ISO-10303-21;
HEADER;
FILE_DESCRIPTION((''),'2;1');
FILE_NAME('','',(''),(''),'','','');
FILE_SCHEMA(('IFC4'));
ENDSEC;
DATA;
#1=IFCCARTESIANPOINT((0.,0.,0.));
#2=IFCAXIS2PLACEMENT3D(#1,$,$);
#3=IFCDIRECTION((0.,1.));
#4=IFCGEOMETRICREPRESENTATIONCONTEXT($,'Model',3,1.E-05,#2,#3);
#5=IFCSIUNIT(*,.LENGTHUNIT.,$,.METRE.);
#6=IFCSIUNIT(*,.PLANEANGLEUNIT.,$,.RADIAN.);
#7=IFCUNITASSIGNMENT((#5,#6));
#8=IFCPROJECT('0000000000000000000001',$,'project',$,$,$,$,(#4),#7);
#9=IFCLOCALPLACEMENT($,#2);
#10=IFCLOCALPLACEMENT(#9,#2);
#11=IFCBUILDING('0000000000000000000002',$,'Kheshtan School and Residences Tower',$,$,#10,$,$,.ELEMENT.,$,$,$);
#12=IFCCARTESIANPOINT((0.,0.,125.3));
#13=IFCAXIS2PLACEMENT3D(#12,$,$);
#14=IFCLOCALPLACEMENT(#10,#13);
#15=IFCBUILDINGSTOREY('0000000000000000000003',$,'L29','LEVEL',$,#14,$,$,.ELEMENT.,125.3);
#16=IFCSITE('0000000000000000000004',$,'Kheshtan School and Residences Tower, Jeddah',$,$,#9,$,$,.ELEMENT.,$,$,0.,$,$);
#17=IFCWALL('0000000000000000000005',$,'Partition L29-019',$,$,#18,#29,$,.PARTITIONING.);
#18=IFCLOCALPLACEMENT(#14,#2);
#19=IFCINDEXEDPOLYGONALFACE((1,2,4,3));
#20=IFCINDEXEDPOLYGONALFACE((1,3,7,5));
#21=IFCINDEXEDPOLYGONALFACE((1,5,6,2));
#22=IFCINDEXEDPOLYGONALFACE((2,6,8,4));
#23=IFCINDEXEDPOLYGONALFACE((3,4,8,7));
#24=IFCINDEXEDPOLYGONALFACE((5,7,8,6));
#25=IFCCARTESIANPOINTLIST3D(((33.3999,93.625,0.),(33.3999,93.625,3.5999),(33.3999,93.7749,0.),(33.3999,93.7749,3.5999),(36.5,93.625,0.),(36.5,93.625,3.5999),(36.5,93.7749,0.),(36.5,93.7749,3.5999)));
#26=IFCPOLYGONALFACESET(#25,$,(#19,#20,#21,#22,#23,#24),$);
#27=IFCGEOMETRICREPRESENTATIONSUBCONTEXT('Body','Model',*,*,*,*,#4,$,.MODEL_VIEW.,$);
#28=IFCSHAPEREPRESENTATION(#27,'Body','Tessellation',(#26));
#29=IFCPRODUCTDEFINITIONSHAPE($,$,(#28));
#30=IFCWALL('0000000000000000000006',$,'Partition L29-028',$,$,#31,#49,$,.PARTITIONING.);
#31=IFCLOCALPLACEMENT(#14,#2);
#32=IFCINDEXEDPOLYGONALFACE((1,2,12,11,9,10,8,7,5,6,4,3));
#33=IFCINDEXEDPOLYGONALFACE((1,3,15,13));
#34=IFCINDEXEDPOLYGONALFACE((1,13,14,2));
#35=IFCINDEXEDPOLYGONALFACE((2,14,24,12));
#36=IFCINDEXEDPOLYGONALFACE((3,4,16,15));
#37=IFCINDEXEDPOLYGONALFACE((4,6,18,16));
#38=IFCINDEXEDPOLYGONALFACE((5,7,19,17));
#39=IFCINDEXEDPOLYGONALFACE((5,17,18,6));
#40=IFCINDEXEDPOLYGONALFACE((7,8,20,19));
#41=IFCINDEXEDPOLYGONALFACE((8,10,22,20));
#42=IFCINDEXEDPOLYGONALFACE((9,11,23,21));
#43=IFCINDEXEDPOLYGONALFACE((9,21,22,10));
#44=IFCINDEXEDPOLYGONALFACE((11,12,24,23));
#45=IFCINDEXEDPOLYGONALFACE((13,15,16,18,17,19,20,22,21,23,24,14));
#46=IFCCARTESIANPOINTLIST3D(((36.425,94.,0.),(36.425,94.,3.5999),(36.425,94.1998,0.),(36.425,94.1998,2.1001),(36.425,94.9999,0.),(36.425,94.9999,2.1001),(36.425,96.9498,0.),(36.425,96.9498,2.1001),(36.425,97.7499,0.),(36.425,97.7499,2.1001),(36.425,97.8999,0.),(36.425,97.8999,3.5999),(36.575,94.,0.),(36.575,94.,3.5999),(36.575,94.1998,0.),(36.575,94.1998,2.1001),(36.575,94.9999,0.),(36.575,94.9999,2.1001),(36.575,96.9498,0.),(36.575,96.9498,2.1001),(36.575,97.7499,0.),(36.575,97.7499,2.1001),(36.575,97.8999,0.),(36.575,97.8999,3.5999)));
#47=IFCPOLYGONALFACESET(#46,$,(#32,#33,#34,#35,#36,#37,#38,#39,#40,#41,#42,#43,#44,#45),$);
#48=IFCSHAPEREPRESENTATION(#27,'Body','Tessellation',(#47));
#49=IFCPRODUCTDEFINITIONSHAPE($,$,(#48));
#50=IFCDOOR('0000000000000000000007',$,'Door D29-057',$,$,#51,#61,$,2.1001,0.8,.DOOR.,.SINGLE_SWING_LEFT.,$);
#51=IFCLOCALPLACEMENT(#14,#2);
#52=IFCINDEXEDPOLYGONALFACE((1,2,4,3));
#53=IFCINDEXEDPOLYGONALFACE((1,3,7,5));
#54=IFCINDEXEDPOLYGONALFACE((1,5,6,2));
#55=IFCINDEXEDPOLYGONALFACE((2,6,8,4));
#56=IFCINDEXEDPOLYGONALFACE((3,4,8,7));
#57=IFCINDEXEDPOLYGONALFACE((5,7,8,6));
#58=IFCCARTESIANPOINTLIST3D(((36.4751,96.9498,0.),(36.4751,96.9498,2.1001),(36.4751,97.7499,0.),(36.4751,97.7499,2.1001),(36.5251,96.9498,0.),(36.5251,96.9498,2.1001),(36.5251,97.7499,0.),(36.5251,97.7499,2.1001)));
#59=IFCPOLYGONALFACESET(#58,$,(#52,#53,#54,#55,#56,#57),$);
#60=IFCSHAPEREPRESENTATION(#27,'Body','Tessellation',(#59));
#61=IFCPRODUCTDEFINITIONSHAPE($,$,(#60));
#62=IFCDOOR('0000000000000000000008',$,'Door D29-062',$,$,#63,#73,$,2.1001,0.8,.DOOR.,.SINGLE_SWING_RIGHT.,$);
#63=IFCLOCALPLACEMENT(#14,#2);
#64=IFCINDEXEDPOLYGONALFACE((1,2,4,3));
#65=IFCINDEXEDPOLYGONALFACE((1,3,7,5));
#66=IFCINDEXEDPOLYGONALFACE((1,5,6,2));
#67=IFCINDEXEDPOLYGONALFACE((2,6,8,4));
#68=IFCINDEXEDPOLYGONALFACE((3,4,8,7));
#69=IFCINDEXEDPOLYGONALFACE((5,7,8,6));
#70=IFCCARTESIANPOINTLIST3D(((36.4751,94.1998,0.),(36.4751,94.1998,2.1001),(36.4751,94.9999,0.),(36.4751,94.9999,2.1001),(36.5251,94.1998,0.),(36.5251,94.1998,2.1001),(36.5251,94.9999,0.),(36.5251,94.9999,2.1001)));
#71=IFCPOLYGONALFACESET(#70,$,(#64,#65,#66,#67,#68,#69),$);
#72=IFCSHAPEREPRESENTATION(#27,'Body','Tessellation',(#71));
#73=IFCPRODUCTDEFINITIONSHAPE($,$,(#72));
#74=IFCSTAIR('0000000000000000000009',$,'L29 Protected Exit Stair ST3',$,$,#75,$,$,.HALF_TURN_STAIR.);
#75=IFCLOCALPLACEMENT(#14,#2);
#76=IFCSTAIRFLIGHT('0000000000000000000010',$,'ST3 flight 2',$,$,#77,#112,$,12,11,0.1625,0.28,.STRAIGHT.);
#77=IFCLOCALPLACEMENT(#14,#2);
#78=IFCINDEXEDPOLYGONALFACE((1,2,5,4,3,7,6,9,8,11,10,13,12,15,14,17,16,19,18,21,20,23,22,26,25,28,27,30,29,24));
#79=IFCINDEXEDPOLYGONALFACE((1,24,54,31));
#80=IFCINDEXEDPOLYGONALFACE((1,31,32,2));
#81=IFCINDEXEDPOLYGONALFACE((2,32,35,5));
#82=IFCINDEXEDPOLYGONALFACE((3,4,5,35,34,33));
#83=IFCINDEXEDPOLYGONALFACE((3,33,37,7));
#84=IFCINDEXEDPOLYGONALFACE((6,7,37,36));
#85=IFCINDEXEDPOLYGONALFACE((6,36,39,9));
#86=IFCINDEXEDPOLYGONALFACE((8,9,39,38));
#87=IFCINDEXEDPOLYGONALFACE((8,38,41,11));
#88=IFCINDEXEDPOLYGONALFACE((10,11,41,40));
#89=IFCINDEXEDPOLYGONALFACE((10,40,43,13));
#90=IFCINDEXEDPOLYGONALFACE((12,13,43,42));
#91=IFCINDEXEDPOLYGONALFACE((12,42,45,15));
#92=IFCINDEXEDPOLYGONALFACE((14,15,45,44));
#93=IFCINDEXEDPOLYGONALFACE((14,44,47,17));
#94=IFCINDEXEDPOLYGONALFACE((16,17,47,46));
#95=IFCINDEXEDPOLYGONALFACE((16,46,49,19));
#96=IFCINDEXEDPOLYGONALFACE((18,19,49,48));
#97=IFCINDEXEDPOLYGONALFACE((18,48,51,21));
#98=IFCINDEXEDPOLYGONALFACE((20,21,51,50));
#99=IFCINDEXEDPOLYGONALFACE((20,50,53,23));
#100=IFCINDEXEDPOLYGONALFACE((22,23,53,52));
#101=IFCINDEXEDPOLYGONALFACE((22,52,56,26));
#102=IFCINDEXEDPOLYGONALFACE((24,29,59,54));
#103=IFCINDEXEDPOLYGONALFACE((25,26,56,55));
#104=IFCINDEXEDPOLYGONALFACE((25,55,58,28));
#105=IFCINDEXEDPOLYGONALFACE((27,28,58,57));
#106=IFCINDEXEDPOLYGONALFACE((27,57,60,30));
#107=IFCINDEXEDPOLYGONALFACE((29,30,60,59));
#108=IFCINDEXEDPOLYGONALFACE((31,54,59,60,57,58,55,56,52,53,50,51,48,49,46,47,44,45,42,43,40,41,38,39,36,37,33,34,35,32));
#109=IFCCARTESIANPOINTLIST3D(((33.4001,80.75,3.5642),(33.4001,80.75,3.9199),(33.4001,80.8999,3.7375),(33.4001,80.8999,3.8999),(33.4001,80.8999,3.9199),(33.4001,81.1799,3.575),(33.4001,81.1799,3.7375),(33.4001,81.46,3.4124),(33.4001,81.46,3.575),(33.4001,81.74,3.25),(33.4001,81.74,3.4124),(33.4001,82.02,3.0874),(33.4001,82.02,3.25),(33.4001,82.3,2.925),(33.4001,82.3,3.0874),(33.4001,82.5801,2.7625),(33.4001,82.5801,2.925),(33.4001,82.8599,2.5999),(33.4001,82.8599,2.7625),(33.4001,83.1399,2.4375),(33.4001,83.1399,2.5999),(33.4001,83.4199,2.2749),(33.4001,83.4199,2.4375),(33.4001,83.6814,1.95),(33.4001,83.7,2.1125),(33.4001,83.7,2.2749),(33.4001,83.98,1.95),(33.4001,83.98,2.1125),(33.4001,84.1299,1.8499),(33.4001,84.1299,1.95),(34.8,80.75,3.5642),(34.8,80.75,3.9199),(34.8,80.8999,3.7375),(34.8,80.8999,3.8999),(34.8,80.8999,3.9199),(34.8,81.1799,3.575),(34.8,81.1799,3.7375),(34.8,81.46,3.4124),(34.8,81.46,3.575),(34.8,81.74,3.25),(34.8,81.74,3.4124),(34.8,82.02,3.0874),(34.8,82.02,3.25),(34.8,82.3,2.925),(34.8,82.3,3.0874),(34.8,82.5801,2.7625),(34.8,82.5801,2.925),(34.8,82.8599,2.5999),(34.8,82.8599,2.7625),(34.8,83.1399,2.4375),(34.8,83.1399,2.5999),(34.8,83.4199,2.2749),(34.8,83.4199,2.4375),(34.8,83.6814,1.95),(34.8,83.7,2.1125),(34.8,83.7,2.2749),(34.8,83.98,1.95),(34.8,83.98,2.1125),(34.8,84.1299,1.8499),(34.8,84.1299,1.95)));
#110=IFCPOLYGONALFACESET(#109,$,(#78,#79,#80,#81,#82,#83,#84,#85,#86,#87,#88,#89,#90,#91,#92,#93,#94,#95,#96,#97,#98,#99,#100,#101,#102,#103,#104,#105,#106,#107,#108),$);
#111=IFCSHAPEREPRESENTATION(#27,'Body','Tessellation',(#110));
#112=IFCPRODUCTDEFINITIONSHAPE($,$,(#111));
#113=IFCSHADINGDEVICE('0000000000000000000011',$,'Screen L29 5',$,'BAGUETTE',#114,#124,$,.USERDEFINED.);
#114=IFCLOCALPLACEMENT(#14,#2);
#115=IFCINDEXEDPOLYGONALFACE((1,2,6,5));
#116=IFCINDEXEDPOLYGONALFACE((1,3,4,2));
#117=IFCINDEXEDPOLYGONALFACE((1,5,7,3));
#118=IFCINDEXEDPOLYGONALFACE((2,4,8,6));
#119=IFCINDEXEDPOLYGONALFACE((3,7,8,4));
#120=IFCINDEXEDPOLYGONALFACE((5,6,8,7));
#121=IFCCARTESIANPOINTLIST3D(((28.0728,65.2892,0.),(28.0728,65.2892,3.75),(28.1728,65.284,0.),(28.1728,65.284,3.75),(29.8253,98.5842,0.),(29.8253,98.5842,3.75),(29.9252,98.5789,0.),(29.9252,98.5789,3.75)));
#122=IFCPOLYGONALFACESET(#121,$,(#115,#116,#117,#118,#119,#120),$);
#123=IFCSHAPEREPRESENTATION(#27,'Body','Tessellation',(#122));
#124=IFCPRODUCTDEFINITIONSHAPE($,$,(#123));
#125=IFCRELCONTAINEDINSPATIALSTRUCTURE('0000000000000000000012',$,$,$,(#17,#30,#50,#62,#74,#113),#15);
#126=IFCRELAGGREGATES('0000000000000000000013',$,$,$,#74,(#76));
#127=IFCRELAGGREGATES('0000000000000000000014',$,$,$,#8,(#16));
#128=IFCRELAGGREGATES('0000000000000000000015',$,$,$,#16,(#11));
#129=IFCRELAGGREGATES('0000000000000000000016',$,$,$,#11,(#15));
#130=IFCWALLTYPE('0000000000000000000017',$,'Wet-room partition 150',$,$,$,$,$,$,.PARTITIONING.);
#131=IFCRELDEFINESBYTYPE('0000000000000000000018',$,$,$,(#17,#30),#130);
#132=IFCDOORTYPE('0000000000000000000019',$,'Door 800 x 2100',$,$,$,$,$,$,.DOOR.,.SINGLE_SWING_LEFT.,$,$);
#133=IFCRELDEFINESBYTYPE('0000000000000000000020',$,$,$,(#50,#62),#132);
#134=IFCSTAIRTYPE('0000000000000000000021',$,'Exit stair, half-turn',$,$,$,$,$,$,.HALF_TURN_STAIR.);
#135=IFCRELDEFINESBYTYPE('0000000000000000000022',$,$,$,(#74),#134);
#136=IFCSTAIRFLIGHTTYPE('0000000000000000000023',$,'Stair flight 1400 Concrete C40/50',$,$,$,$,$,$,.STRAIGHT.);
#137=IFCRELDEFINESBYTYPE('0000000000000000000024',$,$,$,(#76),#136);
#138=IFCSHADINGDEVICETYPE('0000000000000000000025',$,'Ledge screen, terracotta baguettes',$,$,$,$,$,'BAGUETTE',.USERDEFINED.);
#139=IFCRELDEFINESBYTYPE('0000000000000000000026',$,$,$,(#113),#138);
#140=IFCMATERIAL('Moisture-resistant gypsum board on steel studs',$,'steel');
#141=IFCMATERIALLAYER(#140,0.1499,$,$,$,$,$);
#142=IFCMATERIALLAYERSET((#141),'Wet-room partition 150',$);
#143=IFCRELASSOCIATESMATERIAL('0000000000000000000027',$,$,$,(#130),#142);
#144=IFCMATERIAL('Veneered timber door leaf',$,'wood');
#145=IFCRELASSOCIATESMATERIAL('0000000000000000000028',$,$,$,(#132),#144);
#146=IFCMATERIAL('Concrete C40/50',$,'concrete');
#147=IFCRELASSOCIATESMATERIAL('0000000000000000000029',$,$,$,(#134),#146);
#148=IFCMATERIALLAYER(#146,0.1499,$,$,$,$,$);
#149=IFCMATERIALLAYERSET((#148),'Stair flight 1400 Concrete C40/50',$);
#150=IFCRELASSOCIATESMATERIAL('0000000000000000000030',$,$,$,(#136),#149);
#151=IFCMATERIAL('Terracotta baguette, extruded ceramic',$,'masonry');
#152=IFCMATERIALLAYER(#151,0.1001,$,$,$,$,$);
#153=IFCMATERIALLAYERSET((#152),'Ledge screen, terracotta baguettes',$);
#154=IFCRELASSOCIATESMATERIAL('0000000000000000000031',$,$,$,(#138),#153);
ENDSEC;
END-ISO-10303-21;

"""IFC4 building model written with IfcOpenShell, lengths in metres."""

from ifc_helpers import new_model, si_unit, direction, frame, frame_2d, origin, origin_2d, place, context, subcontext, project, spatial, polyline, rectangle, outline, extrude, source, transform, mapped, material, layer, layer_set, type_object, element, fill, aggregate, save


model = new_model("IFC4")

# Units and contexts
model_context = context("Model", 3, precision=1e-05, world=origin(), true_north=direction((0.0, 1.0)))
body_context = subcontext(model_context, "Body", "Model", "MODEL_VIEW")
ifc_project = project(units=[si_unit("LENGTHUNIT", "METRE"), si_unit("PLANEANGLEUNIT", "RADIAN")], contexts=[model_context])

# Site, building, storey
site_placement = place(None, origin())
site = spatial("IfcSite", under=ifc_project, at=site_placement, Name="Kheshtan School and Residences Tower, Jeddah", CompositionType="ELEMENT", RefElevation=0.0)
building_placement = place(site_placement, origin())
building = spatial("IfcBuilding", under=site, at=building_placement, Name="Kheshtan School and Residences Tower", CompositionType="ELEMENT")
storey_placement = place(building_placement, frame((0.0, 0.0, 125.3)))
storey = spatial("IfcBuildingStorey", under=building, at=storey_placement, Name="L29", Description="LEVEL", CompositionType="ELEMENT", Elevation=125.3)

# Shared definitions
ifc_material_1 = material(Name="Veneered timber door leaf", Category="wood")

# Wall
ifc_material_2 = material(Name="Concrete C40/50", Category="concrete")
ifc_material_3 = material(Name="Moisture-resistant gypsum board on steel studs", Category="steel")
ifc_layer_1 = layer(ifc_material_3, 0.1499)
ifc_layer_set_1 = layer_set([ifc_layer_1], Name="Wet-room partition 150")
wall_type_1 = type_object("IfcWallType", Name="Wet-room partition 150", PredefinedType="PARTITIONING", material=ifc_layer_set_1)
wall_1_placement = place(storey_placement, frame((33.3999, 93.7, 0.0), z_axis=(0.0, 0.0, 1.0), x_axis=(1.0, 0.0, 0.0)))
element("IfcWall", 1, at=wall_1_placement, inside=storey, type_object=wall_type_1, Name="Partition L29-019", PredefinedType="PARTITIONING", context=body_context, shape_type="SweptSolid", body=[
    extrude(rectangle(XDim=3.1001, YDim=0.1499, at=frame_2d((1.55, 0.0))), origin(), (0.0, 0.0, 1.0), 3.5999),
])

# Wall, openings, doors
wall_2_placement = place(storey_placement, frame((36.5, 94.0, 0.0), z_axis=(0.0, 0.0, 1.0), x_axis=(0.0, 1.0, 0.0)))
wall_2 = element("IfcWall", 2, at=wall_2_placement, inside=storey, type_object=wall_type_1, Name="Partition L29-028", PredefinedType="PARTITIONING", context=body_context, shape_type="SweptSolid", body=[
    extrude(rectangle(XDim=3.8999, YDim=0.1499, at=frame_2d((1.95, 0.0))), origin(), (0.0, 0.0, 1.0), 3.5999),
])
opening_1_placement = place(wall_2_placement, frame((2.95, 0.0, 0.0)))
opening_1 = element("IfcOpeningElement", 3, at=opening_1_placement, cuts=wall_2, PredefinedType="OPENING", context=body_context, shape_type="SweptSolid", body=[
    extrude(rectangle(XDim=0.8, YDim=2.1001, at=frame_2d((0.3999, 1.05))), frame((0.0, 0.085, 0.0), z_axis=(0.0, -1.0, 0.0), x_axis=(1.0, 0.0, 0.0)), (0.0, 0.0, 1.0), 0.1699),
])
opening_2_placement = place(wall_2_placement, frame((0.2, 0.0, 0.0)))
opening_2 = element("IfcOpeningElement", 4, at=opening_2_placement, cuts=wall_2, PredefinedType="OPENING", context=body_context, shape_type="SweptSolid", body=[
    extrude(rectangle(XDim=0.8, YDim=2.1001, at=frame_2d((0.3999, 1.05))), frame((0.0, 0.085, 0.0), z_axis=(0.0, -1.0, 0.0), x_axis=(1.0, 0.0, 0.0)), (0.0, 0.0, 1.0), 0.1699),
])
door_type_1 = type_object("IfcDoorType", Name="Door 800 x 2100", OperationType="SINGLE_SWING_LEFT", PredefinedType="DOOR", material=ifc_material_1)
shared_shape_1 = source(origin(), body_context, "Body", "SweptSolid", [
    extrude(rectangle(XDim=0.8, YDim=2.1001, at=frame_2d((0.3999, 1.05))), frame((0.0, 0.0249, 0.0), z_axis=(0.0, -1.0, 0.0), x_axis=(1.0, 0.0, 0.0)), (0.0, 0.0, 1.0), 0.05),
])
door_1_placement = place(opening_1_placement, origin())
door_1 = element("IfcDoor", 5, at=door_1_placement, inside=storey, type_object=door_type_1, Name="Door D29-057", OperationType="SINGLE_SWING_LEFT", OverallHeight=2.1001, OverallWidth=0.8, PredefinedType="DOOR", context=body_context, shape_type="MappedRepresentation", body=[
    mapped(shared_shape_1, transform((0.0, 0.0, 0.0), x_axis=(1.0, 0.0, 0.0), y_axis=(0.0, 1.0, 0.0), z_axis=(0.0, 0.0, 1.0), scale=1.0)),
])
fill(opening_1, door_1)
door_2_placement = place(opening_2_placement, origin())
door_2 = element("IfcDoor", 6, at=door_2_placement, inside=storey, type_object=door_type_1, Name="Door D29-062", OperationType="SINGLE_SWING_RIGHT", OverallHeight=2.1001, OverallWidth=0.8, PredefinedType="DOOR", context=body_context, shape_type="MappedRepresentation", body=[
    mapped(shared_shape_1, transform((0.0, 0.0, 0.0), x_axis=(1.0, 0.0, 0.0), y_axis=(0.0, 1.0, 0.0), z_axis=(0.0, 0.0, 1.0), scale=1.0)),
])
fill(opening_2, door_2)

# Stair, stair flight
stair_type = type_object("IfcStairType", Name="Exit stair, half-turn", PredefinedType="HALF_TURN_STAIR", material=ifc_material_2)
stair_placement = place(storey_placement, origin())
stair = element("IfcStair", 7, at=stair_placement, inside=storey, type_object=stair_type, Name="L29 Protected Exit Stair ST3", PredefinedType="HALF_TURN_STAIR")
ifc_layer_2 = layer(ifc_material_2, 0.1499)
ifc_layer_set_2 = layer_set([ifc_layer_2], Name="Stair flight 1400 Concrete C40/50")
stair_flight_type = type_object("IfcStairFlightType", Name="Stair flight 1400 Concrete C40/50", PredefinedType="STRAIGHT", material=ifc_layer_set_2)
stair_flight_placement = place(storey_placement, frame((34.1001, 83.98, 1.95), z_axis=(0.0, 0.0, 1.0), x_axis=(0.0, -1.0, 0.0)))
stair_flight = element("IfcStairFlight", 8, at=stair_flight_placement, type_object=stair_flight_type, Name="ST3 flight 2", NumberOfRisers=12, NumberOfTreads=11, PredefinedType="STRAIGHT", RiserHeight=0.1625, TreadLength=0.28, context=body_context, shape_type="SweptSolid", body=[
    extrude(outline(polyline([(-0.1499, -0.1001), (-0.1499, 0.0), (0.0, 0.0), (0.0, 0.1626), (0.28, 0.1626), (0.28, 0.325), (0.5601, 0.325), (0.5601, 0.4875), (0.8401, 0.4875), (0.8401, 0.6499), (1.1201, 0.6499), (1.1201, 0.8125), (1.3999, 0.8125), (1.3999, 0.9751), (1.6799, 0.9751), (1.6799, 1.1375), (1.96, 1.1375), (1.96, 1.3), (2.24, 1.3), (2.24, 1.4624), (2.52, 1.4624), (2.52, 1.625), (2.8, 1.625), (2.8, 1.7876), (3.0801, 1.7876), (3.0801, 1.95), (3.0801, 1.97), (3.23, 1.97), (3.23, 1.6143), (0.2986, 0.0), (-0.1499, -0.1001)])), frame((0.0, 0.7, 0.0), z_axis=(0.0, -1.0, 0.0), x_axis=(1.0, 0.0, 0.0)), (0.0, 0.0, 1.0), 1.3999),
])
aggregate(stair, [stair_flight])

# Shading device
ifc_material_4 = material(Name="Terracotta baguette, extruded ceramic", Category="masonry")
ifc_layer_3 = layer(ifc_material_4, 0.1001)
ifc_layer_set_3 = layer_set([ifc_layer_3], Name="Ledge screen, terracotta baguettes")
shading_device_type = type_object("IfcShadingDeviceType", Name="Ledge screen, terracotta baguettes", ElementType="BAGUETTE", PredefinedType="USERDEFINED", material=ifc_layer_set_3)
shading_device_placement = place(storey_placement, frame((28.999, 81.9341, 0.0), z_axis=(0.0, 0.0, 1.0), x_axis=(0.052563, 0.998618, 0.0)))
element("IfcShadingDevice", 9, at=shading_device_placement, inside=storey, type_object=shading_device_type, Name="Screen L29 5", ObjectType="BAGUETTE", PredefinedType="USERDEFINED", context=body_context, shape_type="SweptSolid", body=[
    extrude(rectangle(XDim=33.3411, YDim=0.1001, at=origin_2d()), origin(), (0.0, 0.0, 1.0), 3.75),
])

save(model, "model.ifc")
